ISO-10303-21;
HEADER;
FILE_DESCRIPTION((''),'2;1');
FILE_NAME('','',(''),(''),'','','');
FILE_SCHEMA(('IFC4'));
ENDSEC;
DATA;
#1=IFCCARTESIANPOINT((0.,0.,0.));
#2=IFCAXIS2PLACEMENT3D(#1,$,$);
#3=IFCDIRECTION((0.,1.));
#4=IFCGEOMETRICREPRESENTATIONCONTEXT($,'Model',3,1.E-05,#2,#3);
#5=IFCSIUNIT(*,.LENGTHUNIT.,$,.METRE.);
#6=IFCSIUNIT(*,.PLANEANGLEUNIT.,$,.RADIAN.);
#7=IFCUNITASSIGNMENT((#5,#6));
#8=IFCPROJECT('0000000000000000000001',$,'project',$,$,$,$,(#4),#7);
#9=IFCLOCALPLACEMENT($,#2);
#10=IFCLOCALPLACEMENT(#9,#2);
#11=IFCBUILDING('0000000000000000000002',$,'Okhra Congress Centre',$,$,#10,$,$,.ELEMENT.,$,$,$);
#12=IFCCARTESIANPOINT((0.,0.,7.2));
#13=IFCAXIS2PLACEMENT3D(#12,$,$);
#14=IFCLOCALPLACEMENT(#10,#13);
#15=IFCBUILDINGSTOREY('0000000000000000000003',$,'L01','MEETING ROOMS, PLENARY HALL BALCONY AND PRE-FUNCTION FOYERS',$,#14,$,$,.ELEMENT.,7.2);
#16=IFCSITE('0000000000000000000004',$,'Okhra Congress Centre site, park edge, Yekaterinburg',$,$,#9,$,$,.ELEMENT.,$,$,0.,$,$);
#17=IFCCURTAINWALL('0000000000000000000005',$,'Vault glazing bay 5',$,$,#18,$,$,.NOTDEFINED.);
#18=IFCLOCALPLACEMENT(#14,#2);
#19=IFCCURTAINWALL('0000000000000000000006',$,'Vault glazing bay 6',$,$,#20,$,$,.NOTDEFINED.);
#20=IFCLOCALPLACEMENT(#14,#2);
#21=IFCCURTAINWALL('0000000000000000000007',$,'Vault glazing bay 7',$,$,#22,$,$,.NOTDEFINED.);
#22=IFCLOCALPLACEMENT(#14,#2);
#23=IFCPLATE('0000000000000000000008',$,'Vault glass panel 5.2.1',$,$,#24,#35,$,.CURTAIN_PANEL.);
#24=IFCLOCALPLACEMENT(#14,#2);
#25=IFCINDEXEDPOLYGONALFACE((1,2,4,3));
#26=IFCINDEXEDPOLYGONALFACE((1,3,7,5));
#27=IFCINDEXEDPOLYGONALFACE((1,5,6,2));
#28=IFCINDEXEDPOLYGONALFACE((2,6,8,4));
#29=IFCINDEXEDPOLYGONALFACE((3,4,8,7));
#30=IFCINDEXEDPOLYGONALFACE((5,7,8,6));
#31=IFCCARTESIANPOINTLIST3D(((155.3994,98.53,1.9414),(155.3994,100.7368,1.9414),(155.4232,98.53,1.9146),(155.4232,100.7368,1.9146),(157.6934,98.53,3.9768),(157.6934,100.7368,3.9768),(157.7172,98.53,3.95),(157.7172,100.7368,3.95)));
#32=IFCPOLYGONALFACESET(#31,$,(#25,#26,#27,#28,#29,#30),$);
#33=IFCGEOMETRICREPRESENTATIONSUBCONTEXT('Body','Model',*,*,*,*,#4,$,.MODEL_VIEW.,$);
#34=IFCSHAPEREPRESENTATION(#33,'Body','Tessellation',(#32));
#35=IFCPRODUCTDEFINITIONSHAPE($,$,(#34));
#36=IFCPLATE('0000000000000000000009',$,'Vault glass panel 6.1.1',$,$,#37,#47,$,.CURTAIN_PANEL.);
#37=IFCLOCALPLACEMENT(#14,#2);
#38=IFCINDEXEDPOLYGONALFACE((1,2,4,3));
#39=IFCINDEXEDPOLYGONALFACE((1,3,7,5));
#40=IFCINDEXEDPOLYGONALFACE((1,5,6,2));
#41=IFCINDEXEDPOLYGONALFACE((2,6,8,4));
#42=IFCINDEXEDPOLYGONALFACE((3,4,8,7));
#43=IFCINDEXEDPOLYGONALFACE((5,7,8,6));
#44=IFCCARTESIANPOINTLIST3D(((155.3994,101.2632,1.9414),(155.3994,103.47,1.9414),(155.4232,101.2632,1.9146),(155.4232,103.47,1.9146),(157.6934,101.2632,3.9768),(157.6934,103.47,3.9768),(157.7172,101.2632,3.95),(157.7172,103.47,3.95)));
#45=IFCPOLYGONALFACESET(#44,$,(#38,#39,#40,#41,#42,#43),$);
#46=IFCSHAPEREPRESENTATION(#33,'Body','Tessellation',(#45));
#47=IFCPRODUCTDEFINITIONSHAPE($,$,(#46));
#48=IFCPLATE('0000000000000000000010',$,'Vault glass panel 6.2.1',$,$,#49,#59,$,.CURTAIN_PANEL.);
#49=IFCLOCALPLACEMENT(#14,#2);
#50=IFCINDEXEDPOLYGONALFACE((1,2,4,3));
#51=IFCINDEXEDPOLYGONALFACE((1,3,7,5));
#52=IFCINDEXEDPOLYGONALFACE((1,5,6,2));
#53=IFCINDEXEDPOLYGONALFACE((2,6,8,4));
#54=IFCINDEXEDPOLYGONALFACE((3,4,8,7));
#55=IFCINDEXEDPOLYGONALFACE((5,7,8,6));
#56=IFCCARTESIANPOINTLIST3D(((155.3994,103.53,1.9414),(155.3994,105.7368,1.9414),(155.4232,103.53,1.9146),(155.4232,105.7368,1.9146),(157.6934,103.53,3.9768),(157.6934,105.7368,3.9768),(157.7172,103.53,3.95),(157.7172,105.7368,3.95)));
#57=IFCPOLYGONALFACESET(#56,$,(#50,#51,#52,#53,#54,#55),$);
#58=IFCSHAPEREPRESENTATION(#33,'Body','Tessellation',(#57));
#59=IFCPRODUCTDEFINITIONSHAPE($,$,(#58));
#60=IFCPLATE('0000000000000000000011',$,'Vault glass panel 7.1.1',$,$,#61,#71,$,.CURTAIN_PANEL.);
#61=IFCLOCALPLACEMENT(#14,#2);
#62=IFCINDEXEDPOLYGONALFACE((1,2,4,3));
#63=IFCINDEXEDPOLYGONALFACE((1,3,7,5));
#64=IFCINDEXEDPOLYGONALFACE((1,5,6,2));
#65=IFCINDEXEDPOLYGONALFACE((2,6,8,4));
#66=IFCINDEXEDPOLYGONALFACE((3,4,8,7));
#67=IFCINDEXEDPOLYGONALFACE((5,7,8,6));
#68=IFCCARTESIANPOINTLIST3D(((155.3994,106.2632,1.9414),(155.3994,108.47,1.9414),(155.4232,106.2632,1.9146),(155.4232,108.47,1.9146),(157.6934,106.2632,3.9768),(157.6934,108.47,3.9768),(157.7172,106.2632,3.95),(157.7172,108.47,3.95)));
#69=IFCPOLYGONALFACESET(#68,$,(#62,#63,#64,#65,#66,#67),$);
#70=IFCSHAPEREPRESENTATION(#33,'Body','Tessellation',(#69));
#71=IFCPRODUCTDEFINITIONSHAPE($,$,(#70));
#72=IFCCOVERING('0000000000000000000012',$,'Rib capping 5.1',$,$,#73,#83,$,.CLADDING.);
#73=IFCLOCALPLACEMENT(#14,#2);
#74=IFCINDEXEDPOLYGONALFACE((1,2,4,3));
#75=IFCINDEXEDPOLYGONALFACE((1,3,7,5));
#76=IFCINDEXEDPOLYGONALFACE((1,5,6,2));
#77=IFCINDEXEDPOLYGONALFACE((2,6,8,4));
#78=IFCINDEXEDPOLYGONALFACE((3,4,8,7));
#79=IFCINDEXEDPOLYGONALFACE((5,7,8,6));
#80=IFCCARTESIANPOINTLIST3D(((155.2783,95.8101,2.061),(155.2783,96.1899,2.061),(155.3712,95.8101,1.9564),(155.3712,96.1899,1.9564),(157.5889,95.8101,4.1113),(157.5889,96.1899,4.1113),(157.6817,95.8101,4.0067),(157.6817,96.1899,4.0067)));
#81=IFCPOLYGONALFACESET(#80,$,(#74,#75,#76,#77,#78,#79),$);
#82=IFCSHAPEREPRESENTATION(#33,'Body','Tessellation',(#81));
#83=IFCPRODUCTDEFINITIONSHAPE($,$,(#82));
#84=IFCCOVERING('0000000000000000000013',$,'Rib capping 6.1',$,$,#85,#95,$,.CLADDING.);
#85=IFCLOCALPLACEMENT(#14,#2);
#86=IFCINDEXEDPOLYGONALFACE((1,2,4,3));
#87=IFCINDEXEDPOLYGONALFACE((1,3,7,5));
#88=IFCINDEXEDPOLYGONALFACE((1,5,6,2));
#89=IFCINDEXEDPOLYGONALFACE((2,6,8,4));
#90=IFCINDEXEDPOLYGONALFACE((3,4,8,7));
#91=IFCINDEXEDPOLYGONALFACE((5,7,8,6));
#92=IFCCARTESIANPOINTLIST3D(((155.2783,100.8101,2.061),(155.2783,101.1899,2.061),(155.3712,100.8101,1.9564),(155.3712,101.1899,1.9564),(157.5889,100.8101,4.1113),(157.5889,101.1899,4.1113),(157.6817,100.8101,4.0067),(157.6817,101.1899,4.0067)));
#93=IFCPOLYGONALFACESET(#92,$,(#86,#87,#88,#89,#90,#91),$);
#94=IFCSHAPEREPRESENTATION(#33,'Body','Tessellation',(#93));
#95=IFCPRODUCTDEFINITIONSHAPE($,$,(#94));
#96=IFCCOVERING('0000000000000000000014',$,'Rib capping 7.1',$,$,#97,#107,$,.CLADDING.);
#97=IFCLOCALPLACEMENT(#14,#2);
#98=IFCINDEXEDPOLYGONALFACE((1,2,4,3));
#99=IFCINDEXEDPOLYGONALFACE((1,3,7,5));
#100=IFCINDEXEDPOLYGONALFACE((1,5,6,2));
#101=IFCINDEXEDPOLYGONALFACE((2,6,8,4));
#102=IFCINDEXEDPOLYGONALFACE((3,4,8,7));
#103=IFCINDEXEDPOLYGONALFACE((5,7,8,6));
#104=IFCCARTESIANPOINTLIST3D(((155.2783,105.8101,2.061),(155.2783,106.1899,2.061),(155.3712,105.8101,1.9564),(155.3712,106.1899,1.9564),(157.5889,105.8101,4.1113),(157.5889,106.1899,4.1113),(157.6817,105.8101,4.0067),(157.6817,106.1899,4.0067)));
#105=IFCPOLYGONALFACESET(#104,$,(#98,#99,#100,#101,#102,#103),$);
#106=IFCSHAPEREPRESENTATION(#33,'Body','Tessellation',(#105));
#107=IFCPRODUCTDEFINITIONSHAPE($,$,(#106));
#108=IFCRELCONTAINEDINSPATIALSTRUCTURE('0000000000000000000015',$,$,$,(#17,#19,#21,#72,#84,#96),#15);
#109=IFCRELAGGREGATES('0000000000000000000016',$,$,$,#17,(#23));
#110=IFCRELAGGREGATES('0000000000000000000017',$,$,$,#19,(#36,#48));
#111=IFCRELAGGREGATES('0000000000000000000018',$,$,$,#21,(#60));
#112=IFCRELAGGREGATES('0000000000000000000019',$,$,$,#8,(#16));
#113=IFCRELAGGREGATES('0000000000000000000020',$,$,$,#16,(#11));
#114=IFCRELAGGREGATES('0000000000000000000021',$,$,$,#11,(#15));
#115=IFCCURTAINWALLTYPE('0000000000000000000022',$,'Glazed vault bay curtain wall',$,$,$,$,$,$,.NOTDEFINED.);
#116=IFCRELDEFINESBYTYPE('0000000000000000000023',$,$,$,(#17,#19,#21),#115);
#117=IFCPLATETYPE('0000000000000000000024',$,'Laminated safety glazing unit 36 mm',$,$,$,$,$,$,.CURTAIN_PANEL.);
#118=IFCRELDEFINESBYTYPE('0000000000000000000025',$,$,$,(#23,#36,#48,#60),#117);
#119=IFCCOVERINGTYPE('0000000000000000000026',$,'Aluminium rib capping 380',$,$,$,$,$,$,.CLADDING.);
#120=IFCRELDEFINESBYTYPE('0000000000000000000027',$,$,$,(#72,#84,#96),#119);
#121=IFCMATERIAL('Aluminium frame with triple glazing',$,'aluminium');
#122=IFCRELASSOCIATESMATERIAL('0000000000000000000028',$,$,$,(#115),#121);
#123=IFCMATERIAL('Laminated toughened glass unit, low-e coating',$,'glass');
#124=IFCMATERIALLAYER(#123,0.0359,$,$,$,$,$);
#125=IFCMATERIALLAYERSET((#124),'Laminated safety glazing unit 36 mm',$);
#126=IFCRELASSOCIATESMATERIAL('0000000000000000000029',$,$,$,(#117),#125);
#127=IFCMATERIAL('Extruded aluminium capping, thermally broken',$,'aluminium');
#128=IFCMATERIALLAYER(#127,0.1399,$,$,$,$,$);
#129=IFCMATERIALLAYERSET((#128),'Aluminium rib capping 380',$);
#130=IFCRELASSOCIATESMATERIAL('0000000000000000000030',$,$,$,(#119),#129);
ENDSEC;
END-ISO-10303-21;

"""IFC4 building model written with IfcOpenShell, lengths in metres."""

from ifc_helpers import new_model, si_unit, direction, frame, origin, place, context, subcontext, project, spatial, polyline, outline, extrude, material, layer, layer_set, type_object, element, aggregate, save


model = new_model("IFC4")

# Units and contexts
model_context = context("Model", 3, precision=1e-05, world=origin(), true_north=direction((0.0, 1.0)))
body_context = subcontext(model_context, "Body", "Model", "MODEL_VIEW")
ifc_project = project(units=[si_unit("LENGTHUNIT", "METRE"), si_unit("PLANEANGLEUNIT", "RADIAN")], contexts=[model_context])

# Site, building, storey
site_placement = place(None, origin())
site = spatial("IfcSite", under=ifc_project, at=site_placement, Name="Okhra Congress Centre site, park edge, Yekaterinburg", CompositionType="ELEMENT", RefElevation=0.0)
building_placement = place(site_placement, origin())
building = spatial("IfcBuilding", under=site, at=building_placement, Name="Okhra Congress Centre", CompositionType="ELEMENT")
storey_placement = place(building_placement, frame((0.0, 0.0, 7.2)))
storey = spatial("IfcBuildingStorey", under=building, at=storey_placement, Name="L01", Description="MEETING ROOMS, PLENARY HALL BALCONY AND PRE-FUNCTION FOYERS", CompositionType="ELEMENT", Elevation=7.2)

# Shared definitions
ifc_material_1 = material(Name="Aluminium frame with triple glazing", Category="aluminium")
curtain_wall_type = type_object("IfcCurtainWallType", Name="Glazed vault bay curtain wall", PredefinedType="NOTDEFINED", material=ifc_material_1)

# Curtain walls
curtain_wall_1_placement = place(storey_placement, origin())
curtain_wall_1 = element("IfcCurtainWall", 1, at=curtain_wall_1_placement, inside=storey, type_object=curtain_wall_type, Name="Vault glazing bay 5", PredefinedType="NOTDEFINED")
curtain_wall_2_placement = place(storey_placement, origin())
curtain_wall_2 = element("IfcCurtainWall", 2, at=curtain_wall_2_placement, inside=storey, type_object=curtain_wall_type, Name="Vault glazing bay 6", PredefinedType="NOTDEFINED")

# Curtain wall
curtain_wall_3_placement = place(storey_placement, origin())
curtain_wall_3 = element("IfcCurtainWall", 3, at=curtain_wall_3_placement, inside=storey, type_object=curtain_wall_type, Name="Vault glazing bay 7", PredefinedType="NOTDEFINED")

# Plates
ifc_material_2 = material(Name="Laminated toughened glass unit, low-e coating", Category="glass")
ifc_layer_1 = layer(ifc_material_2, 0.0359)
ifc_layer_set_1 = layer_set([ifc_layer_1], Name="Laminated safety glazing unit 36 mm")
plate_type = type_object("IfcPlateType", Name="Laminated safety glazing unit 36 mm", PredefinedType="CURTAIN_PANEL", material=ifc_layer_set_1)
plate_1_placement = place(storey_placement, frame((155.3994, 98.53, 1.9414), z_axis=(-0.663697, 0.0, 0.748002), x_axis=(0.748002, 0.0, 0.663697)))
plate_1 = element("IfcPlate", 4, at=plate_1_placement, type_object=plate_type, Name="Vault glass panel 5.2.1", PredefinedType="CURTAIN_PANEL", context=body_context, shape_type="SweptSolid", body=[
    extrude(outline(polyline([(0.0, 0.0), (3.0668, 0.0), (3.0668, 2.2068), (0.0, 2.2068), (0.0, 0.0)])), origin(), (0.0, 0.0, -1.0), 0.0359),
])
aggregate(curtain_wall_1, [plate_1])
plate_2_placement = place(storey_placement, frame((155.3994, 101.2632, 1.9414), z_axis=(-0.663697, 0.0, 0.748002), x_axis=(0.748002, 0.0, 0.663697)))
plate_2 = element("IfcPlate", 5, at=plate_2_placement, type_object=plate_type, Name="Vault glass panel 6.1.1", PredefinedType="CURTAIN_PANEL", context=body_context, shape_type="SweptSolid", body=[
    extrude(outline(polyline([(0.0, 0.0), (3.0668, 0.0), (3.0668, 2.2068), (0.0, 2.2068), (0.0, 0.0)])), origin(), (0.0, 0.0, -1.0), 0.0359),
])
plate_3_placement = place(storey_placement, frame((155.3994, 103.53, 1.9414), z_axis=(-0.663697, 0.0, 0.748002), x_axis=(0.748002, 0.0, 0.663697)))
plate_3 = element("IfcPlate", 6, at=plate_3_placement, type_object=plate_type, Name="Vault glass panel 6.2.1", PredefinedType="CURTAIN_PANEL", context=body_context, shape_type="SweptSolid", body=[
    extrude(outline(polyline([(0.0, 0.0), (3.0668, 0.0), (3.0668, 2.2068), (0.0, 2.2068), (0.0, 0.0)])), origin(), (0.0, 0.0, -1.0), 0.0359),
])
aggregate(curtain_wall_2, [plate_2, plate_3])
plate_4_placement = place(storey_placement, frame((155.3994, 106.2632, 1.9414), z_axis=(-0.663697, 0.0, 0.748002), x_axis=(0.748002, 0.0, 0.663697)))
plate_4 = element("IfcPlate", 7, at=plate_4_placement, type_object=plate_type, Name="Vault glass panel 7.1.1", PredefinedType="CURTAIN_PANEL", context=body_context, shape_type="SweptSolid", body=[
    extrude(outline(polyline([(0.0, 0.0), (3.0668, 0.0), (3.0668, 2.2068), (0.0, 2.2068), (0.0, 0.0)])), origin(), (0.0, 0.0, -1.0), 0.0359),
])
aggregate(curtain_wall_3, [plate_4])

# Coverings
ifc_material_3 = material(Name="Extruded aluminium capping, thermally broken", Category="aluminium")
ifc_layer_2 = layer(ifc_material_3, 0.1399)
ifc_layer_set_2 = layer_set([ifc_layer_2], Name="Aluminium rib capping 380")
covering_type = type_object("IfcCoveringType", Name="Aluminium rib capping 380", PredefinedType="CLADDING", material=ifc_layer_set_2)
for number, where, z_axis, x_axis, name in (
    (8, (155.2783, 95.8101, 2.061), (-0.663726, 0.0, 0.747976), (0.747976, 0.0, 0.663726), "Rib capping 5.1"),
    (9, (155.2783, 100.8101, 2.061), (-0.663726, 0.0, 0.747976), (0.747976, 0.0, 0.663726), "Rib capping 6.1"),
    (10, (155.2783, 105.8101, 2.061), (-0.663726, 0.0, 0.747976), (0.747976, 0.0, 0.663726), "Rib capping 7.1"),
):
    element("IfcCovering", number, at=place(storey_placement, frame(where, z_axis=z_axis, x_axis=x_axis)), inside=storey, type_object=covering_type, Name=name, PredefinedType="CLADDING", context=body_context, shape_type="SweptSolid", body=[
        extrude(outline(polyline([(0.0, 0.0), (3.0891, 0.0), (3.0891, 0.3799), (0.0, 0.3799), (0.0, 0.0)])), origin(), (0.0, 0.0, -1.0), 0.1399),
    ])

save(model, "model.ifc")
